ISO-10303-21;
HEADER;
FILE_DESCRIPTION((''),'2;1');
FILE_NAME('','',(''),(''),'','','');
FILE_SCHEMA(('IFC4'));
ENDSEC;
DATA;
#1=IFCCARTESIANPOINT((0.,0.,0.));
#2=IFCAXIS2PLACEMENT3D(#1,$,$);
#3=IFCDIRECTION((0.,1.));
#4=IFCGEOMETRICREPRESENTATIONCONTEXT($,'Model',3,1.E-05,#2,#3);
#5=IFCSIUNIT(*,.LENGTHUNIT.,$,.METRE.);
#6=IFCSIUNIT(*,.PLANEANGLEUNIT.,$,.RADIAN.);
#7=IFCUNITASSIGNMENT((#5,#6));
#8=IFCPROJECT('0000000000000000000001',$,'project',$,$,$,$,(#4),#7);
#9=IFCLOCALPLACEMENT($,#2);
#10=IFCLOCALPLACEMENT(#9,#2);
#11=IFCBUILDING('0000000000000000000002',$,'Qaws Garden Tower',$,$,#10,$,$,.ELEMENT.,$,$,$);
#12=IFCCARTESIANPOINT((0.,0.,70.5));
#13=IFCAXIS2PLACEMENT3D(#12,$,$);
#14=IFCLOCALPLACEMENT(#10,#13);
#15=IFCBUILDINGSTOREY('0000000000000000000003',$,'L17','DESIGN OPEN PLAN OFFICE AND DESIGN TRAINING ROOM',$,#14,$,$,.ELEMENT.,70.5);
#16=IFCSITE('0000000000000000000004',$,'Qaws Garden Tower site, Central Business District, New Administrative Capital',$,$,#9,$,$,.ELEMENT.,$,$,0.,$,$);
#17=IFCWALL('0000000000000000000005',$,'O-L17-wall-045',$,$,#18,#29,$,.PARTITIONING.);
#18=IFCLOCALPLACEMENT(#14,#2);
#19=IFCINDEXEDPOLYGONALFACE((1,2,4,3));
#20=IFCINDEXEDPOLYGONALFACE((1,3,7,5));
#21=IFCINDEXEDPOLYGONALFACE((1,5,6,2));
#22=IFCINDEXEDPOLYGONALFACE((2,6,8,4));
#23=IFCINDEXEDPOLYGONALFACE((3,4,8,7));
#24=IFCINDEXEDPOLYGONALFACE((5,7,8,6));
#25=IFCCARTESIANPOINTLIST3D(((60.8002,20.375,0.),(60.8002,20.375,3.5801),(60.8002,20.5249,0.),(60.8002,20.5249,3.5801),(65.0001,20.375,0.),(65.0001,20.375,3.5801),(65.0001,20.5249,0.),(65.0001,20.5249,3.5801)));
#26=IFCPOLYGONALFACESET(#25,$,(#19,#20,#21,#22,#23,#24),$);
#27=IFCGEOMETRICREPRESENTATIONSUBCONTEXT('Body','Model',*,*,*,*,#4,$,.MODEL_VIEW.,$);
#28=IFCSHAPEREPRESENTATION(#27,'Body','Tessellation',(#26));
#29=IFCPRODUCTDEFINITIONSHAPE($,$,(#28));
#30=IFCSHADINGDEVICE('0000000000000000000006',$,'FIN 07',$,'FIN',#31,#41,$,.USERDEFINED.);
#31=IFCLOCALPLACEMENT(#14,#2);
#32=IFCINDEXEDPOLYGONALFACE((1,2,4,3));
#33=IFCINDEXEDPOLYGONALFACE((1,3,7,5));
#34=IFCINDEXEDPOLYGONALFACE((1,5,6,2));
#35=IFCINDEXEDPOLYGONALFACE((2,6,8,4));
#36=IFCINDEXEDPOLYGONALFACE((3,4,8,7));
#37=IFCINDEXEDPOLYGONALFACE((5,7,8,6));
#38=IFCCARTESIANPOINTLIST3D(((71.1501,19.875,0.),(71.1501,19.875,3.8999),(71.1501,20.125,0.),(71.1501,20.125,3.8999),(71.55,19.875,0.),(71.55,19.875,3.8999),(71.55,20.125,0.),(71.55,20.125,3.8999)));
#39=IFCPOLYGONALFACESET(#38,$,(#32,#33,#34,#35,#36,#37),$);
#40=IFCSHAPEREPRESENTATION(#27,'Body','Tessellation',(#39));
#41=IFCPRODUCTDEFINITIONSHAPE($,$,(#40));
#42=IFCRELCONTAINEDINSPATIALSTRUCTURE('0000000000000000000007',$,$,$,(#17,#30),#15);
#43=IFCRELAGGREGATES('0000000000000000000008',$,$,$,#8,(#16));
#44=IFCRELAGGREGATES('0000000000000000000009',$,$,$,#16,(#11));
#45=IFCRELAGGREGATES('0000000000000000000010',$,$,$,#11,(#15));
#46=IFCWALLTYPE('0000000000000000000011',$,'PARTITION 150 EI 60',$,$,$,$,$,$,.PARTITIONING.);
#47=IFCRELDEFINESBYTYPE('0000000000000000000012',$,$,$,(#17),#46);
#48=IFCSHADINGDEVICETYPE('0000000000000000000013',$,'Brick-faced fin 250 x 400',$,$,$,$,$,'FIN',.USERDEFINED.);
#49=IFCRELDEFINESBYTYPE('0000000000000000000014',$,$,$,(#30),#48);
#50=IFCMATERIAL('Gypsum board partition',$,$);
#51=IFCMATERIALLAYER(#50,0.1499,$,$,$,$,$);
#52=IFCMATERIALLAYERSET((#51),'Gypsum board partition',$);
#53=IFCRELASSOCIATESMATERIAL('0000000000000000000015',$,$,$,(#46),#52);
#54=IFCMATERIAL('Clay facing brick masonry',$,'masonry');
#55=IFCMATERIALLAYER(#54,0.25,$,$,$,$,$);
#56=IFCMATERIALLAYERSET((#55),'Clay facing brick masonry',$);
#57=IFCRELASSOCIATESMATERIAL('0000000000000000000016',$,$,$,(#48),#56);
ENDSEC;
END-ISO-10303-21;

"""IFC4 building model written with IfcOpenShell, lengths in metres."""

from ifc_helpers import new_model, si_unit, direction, frame, frame_2d, origin, origin_2d, place, context, subcontext, project, spatial, rectangle, extrude, material, layer, layer_set, type_object, element, save


model = new_model("IFC4")

# Units and contexts
model_context = context("Model", 3, precision=1e-05, world=origin(), true_north=direction((0.0, 1.0)))
body_context = subcontext(model_context, "Body", "Model", "MODEL_VIEW")
ifc_project = project(units=[si_unit("LENGTHUNIT", "METRE"), si_unit("PLANEANGLEUNIT", "RADIAN")], contexts=[model_context])

# Site, building, storey
site_placement = place(None, origin())
site = spatial("IfcSite", under=ifc_project, at=site_placement, Name="Qaws Garden Tower site, Central Business District, New Administrative Capital", CompositionType="ELEMENT", RefElevation=0.0)
building_placement = place(site_placement, origin())
building = spatial("IfcBuilding", under=site, at=building_placement, Name="Qaws Garden Tower", CompositionType="ELEMENT")
storey_placement = place(building_placement, frame((0.0, 0.0, 70.5)))
storey = spatial("IfcBuildingStorey", under=building, at=storey_placement, Name="L17", Description="DESIGN OPEN PLAN OFFICE AND DESIGN TRAINING ROOM", CompositionType="ELEMENT", Elevation=70.5)

# Wall
ifc_material_1 = material(Name="Gypsum board partition")
ifc_layer_1 = layer(ifc_material_1, 0.1499)
ifc_layer_set_1 = layer_set([ifc_layer_1], Name="Gypsum board partition")
wall_type_1 = type_object("IfcWallType", Name="PARTITION 150 EI 60", PredefinedType="PARTITIONING", material=ifc_layer_set_1)
wall_1_placement = place(storey_placement, frame((60.8, 20.45, 0.0), z_axis=(0.0, 0.0, 1.0), x_axis=(1.0, 0.0, 0.0)))
element("IfcWall", 1, at=wall_1_placement, inside=storey, type_object=wall_type_1, Name="O-L17-wall-045", PredefinedType="PARTITIONING", context=body_context, shape_type="SweptSolid", body=[
    extrude(rectangle(XDim=4.2, YDim=0.1499, at=frame_2d((2.1001, 0.0))), origin(), (0.0, 0.0, 1.0), 3.5801),
])

# Shading device
ifc_material_2 = material(Name="Clay facing brick masonry", Category="masonry")
ifc_layer_2 = layer(ifc_material_2, 0.25)
ifc_layer_set_2 = layer_set([ifc_layer_2], Name="Clay facing brick masonry")
shading_device_type = type_object("IfcShadingDeviceType", Name="Brick-faced fin 250 x 400", ElementType="FIN", PredefinedType="USERDEFINED", material=ifc_layer_set_2)
shading_device_placement = place(storey_placement, frame((71.3501, 20.0, 0.0), z_axis=(0.0, 0.0, 1.0), x_axis=(0.0, 1.0, 0.0)))
element("IfcShadingDevice", 2, at=shading_device_placement, inside=storey, type_object=shading_device_type, Name="FIN 07", ObjectType="FIN", PredefinedType="USERDEFINED", context=body_context, shape_type="SweptSolid", body=[
    extrude(rectangle(XDim=0.25, YDim=0.3999, at=origin_2d()), origin(), (0.0, 0.0, 1.0), 3.8999),
])

save(model, "model.ifc")
